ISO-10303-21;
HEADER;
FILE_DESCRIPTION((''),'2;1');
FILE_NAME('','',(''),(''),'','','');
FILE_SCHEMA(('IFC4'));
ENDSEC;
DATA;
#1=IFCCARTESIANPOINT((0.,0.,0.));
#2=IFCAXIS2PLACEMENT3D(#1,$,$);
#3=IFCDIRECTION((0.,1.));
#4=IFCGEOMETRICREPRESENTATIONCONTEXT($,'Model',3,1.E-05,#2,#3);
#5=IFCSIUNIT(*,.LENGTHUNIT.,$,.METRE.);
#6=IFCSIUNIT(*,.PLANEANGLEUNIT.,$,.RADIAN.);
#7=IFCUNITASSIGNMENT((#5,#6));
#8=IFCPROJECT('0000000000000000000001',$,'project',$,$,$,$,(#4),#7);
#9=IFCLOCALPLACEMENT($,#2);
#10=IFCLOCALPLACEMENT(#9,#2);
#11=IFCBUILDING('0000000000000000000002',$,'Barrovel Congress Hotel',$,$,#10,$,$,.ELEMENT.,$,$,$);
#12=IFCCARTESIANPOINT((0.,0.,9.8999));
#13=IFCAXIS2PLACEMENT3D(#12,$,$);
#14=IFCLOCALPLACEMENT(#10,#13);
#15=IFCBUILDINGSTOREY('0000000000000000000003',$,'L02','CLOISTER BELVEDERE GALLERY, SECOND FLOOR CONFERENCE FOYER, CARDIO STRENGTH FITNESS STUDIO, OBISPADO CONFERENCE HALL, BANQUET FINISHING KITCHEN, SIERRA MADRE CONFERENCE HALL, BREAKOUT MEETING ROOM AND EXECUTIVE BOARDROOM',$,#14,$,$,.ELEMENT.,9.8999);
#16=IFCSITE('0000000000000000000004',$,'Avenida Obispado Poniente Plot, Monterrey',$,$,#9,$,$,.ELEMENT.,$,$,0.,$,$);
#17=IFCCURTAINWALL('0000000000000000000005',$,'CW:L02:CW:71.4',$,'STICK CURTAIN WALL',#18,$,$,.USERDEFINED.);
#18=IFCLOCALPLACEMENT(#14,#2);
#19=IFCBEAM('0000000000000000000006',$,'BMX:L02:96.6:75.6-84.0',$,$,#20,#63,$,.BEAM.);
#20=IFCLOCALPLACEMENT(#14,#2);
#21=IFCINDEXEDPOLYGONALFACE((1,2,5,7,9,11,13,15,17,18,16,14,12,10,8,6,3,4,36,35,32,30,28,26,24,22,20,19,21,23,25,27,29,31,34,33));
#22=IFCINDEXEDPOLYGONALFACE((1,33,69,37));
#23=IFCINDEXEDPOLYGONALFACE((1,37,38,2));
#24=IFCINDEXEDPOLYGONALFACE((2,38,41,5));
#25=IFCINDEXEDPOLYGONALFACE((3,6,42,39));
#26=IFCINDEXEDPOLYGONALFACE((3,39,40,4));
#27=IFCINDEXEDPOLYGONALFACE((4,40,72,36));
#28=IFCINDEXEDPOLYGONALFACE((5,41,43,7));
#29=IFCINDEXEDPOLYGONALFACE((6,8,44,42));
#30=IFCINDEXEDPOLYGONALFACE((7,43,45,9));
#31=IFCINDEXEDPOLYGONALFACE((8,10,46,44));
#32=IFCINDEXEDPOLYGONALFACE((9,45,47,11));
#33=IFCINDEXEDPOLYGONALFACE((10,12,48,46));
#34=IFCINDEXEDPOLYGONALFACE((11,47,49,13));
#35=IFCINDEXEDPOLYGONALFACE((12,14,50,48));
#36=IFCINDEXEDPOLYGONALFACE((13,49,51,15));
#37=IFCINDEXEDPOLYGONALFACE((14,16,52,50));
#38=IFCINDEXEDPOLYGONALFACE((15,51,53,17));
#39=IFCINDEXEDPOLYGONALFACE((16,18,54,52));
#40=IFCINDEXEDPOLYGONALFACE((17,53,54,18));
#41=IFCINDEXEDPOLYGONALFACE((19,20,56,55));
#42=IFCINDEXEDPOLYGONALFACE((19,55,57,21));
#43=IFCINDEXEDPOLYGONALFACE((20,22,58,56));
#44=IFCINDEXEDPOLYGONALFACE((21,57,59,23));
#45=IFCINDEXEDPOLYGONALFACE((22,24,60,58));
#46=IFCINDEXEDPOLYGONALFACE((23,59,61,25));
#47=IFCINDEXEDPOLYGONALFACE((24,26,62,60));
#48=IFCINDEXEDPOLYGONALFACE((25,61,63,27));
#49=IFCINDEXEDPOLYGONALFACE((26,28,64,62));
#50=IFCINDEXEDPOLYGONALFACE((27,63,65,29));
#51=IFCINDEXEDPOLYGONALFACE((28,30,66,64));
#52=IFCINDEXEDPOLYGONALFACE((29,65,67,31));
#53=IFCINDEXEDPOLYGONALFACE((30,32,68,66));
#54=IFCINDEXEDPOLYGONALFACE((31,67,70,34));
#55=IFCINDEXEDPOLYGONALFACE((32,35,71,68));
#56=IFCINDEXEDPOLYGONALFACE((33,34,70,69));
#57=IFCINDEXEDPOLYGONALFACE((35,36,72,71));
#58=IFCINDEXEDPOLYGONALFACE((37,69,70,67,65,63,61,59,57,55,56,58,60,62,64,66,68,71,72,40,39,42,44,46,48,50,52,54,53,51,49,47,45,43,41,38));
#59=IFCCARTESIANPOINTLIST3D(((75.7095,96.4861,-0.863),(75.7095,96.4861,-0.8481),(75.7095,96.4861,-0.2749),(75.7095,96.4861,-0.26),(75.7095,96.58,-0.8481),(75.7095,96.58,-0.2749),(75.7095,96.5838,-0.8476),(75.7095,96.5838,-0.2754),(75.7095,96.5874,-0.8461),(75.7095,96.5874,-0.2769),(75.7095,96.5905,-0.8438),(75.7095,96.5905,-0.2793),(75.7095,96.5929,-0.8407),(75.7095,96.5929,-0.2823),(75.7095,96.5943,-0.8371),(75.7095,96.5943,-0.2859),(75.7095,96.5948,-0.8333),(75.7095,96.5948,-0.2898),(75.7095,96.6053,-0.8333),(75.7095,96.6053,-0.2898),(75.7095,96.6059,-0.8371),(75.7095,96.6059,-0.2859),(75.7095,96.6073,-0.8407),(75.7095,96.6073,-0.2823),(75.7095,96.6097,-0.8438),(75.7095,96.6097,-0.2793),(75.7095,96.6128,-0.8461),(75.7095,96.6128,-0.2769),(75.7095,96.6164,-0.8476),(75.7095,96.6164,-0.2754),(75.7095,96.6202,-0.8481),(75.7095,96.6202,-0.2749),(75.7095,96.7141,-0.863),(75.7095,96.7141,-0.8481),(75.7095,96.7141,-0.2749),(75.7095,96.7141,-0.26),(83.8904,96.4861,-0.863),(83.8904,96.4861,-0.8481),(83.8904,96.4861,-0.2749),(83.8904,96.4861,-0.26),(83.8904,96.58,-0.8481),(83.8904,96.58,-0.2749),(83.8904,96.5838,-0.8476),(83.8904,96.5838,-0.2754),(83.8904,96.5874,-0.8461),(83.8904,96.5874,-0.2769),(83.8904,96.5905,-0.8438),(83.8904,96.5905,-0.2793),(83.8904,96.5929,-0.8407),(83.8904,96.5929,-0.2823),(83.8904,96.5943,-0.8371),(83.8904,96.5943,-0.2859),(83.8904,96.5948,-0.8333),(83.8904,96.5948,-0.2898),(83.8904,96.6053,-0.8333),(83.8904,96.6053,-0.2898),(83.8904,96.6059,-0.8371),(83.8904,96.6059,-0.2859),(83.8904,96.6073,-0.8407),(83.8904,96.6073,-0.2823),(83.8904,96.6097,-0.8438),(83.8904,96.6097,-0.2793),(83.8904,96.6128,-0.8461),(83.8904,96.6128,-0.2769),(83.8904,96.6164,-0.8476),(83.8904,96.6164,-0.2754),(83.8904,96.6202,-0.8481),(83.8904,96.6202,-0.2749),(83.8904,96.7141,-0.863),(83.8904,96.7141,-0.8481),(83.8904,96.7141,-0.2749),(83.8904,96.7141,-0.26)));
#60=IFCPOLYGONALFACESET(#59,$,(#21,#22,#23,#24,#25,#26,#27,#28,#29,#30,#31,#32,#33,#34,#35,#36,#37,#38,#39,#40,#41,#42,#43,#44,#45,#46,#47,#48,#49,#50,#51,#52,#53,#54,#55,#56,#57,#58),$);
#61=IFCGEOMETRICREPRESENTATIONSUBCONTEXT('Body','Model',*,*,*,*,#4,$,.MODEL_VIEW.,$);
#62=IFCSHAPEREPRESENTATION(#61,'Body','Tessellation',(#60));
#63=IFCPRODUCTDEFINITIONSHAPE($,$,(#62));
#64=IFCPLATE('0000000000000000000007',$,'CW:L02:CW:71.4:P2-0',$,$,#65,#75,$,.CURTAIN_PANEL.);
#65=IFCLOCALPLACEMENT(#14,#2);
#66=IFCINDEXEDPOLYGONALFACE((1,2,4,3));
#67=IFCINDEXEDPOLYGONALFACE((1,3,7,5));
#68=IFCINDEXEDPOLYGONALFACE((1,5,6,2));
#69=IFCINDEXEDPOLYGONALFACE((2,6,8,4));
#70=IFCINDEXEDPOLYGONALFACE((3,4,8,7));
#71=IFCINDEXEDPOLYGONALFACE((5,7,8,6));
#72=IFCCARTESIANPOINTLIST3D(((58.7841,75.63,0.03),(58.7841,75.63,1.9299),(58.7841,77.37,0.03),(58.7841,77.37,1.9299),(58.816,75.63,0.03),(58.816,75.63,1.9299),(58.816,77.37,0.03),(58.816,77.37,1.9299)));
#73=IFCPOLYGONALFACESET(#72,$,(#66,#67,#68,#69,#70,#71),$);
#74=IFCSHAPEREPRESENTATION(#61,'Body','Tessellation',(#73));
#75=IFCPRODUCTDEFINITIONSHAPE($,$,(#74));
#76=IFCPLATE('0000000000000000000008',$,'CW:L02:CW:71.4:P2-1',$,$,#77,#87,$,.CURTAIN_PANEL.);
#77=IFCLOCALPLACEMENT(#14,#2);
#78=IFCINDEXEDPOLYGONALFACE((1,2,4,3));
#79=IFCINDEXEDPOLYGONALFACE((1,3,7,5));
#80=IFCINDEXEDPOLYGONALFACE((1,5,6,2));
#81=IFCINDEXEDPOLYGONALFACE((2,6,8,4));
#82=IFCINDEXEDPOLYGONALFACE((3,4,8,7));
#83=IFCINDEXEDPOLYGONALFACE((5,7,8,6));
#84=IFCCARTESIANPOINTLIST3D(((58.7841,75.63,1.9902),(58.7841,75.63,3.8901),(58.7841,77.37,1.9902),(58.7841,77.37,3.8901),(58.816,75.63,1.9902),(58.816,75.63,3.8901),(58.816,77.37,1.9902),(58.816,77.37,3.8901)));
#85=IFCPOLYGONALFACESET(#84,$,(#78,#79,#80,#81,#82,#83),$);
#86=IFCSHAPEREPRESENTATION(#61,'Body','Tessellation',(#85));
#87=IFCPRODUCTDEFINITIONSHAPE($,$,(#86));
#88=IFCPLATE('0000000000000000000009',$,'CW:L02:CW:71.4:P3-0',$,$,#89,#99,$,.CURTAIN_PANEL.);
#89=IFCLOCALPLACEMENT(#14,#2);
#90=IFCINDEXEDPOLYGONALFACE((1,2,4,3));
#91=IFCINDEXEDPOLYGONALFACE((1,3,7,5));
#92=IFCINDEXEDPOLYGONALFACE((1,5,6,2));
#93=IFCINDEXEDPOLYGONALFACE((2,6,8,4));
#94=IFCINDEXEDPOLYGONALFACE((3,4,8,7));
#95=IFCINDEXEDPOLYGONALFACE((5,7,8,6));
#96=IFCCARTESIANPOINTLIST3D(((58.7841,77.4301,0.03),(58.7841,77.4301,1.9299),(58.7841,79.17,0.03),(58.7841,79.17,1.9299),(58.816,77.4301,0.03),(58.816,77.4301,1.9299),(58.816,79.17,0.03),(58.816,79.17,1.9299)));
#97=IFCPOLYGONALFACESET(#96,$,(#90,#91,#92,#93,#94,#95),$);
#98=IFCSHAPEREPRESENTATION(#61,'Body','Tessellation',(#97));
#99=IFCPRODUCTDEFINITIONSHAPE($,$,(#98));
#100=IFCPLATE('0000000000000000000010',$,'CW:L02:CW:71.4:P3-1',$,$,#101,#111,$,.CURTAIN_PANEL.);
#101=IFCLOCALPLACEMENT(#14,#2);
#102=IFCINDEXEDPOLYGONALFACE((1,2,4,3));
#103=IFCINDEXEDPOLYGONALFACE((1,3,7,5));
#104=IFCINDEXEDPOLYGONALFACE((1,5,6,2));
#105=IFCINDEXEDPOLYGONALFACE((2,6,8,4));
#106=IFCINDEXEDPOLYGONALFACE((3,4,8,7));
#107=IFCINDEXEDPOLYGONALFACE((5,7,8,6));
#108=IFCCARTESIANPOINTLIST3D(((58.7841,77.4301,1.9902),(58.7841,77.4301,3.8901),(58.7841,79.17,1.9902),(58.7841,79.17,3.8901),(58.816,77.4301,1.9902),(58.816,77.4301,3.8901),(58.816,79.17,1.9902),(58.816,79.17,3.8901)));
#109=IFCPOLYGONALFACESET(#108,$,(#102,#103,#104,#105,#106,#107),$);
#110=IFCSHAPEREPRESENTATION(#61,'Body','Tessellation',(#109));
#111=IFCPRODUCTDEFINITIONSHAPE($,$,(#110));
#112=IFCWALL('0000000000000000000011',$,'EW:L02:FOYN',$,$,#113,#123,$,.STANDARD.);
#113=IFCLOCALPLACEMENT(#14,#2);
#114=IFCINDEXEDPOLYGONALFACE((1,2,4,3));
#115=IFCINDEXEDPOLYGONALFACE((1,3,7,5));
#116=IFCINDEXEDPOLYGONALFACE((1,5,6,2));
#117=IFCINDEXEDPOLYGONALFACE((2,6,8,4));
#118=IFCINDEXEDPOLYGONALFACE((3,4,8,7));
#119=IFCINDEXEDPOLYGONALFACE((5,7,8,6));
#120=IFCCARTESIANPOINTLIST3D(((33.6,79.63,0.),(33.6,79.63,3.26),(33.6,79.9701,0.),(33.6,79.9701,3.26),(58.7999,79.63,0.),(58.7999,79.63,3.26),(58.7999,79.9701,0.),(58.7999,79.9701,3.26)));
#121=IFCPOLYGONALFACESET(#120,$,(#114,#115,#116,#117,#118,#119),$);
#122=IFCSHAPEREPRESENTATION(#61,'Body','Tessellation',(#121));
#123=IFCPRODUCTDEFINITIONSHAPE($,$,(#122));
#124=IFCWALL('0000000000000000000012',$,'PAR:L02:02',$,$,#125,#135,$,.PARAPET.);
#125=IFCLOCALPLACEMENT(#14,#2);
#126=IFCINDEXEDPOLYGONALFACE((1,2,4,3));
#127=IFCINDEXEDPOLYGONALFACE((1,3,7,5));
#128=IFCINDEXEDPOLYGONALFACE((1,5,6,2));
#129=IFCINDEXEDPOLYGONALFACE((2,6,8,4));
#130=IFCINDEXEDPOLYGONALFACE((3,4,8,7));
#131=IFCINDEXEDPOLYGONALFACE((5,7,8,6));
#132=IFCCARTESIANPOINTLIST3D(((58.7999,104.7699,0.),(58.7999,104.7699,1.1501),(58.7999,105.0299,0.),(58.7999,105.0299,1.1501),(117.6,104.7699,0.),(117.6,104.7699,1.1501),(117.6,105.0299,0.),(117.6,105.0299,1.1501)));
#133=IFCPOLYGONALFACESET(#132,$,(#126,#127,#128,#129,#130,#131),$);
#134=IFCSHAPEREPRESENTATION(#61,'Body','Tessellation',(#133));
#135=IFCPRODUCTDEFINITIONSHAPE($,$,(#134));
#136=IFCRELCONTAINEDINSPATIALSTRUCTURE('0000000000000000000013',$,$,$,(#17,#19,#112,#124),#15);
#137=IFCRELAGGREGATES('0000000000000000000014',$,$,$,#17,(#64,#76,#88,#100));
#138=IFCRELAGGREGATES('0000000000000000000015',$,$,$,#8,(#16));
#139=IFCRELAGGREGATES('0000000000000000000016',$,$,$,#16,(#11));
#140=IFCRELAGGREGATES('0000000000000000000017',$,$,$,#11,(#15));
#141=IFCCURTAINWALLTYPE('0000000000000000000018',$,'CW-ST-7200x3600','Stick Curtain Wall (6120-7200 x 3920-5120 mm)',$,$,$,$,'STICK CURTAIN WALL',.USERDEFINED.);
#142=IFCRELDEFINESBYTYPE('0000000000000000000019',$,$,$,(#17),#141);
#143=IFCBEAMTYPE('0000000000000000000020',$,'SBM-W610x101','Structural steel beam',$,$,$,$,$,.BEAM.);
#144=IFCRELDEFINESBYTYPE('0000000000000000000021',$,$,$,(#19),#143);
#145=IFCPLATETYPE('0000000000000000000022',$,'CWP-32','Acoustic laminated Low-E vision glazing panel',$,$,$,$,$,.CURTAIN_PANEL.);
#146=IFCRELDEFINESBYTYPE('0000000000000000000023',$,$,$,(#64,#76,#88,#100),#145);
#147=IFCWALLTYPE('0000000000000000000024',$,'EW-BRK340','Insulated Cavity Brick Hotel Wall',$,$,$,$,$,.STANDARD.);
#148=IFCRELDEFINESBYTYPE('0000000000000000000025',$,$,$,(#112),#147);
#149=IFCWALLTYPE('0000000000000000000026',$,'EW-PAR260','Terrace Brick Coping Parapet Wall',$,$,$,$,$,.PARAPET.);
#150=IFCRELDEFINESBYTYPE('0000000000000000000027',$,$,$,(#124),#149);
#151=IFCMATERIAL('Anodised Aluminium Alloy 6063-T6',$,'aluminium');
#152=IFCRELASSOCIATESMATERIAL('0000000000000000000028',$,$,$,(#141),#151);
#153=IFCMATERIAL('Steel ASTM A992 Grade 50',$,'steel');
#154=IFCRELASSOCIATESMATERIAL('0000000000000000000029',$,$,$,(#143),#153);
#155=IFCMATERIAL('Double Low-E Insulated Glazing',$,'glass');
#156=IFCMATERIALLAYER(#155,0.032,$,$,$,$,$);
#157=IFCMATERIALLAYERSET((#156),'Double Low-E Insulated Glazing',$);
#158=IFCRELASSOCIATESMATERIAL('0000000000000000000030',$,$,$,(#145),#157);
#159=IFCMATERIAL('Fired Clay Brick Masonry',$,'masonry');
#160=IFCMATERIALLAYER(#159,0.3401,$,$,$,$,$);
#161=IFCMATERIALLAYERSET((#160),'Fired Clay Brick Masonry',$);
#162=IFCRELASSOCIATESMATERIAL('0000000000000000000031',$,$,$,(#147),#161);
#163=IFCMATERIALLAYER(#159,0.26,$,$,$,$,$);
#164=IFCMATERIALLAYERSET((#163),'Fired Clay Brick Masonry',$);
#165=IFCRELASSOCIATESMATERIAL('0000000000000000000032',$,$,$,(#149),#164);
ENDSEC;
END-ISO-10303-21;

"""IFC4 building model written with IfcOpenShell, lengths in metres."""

from ifc_helpers import new_model, si_unit, direction, frame, frame_2d, origin, origin_2d, place, context, subcontext, project, spatial, rectangle, i_section, extrude, material, layer, layer_set, material_profile, profile_set, type_object, element, aggregate, save


model = new_model("IFC4")

# Units and contexts
model_context = context("Model", 3, precision=1e-05, world=origin(), true_north=direction((0.0, 1.0)))
body_context = subcontext(model_context, "Body", "Model", "MODEL_VIEW")
ifc_project = project(units=[si_unit("LENGTHUNIT", "METRE"), si_unit("PLANEANGLEUNIT", "RADIAN")], contexts=[model_context])

# Site, building, storey
site_placement = place(None, origin())
site = spatial("IfcSite", under=ifc_project, at=site_placement, Name="Avenida Obispado Poniente Plot, Monterrey", CompositionType="ELEMENT", RefElevation=0.0)
building_placement = place(site_placement, origin())
building = spatial("IfcBuilding", under=site, at=building_placement, Name="Barrovel Congress Hotel", CompositionType="ELEMENT")
storey_placement = place(building_placement, frame((0.0, 0.0, 9.8999)))
storey = spatial("IfcBuildingStorey", under=building, at=storey_placement, Name="L02", Description="CLOISTER BELVEDERE GALLERY, SECOND FLOOR CONFERENCE FOYER, CARDIO STRENGTH FITNESS STUDIO, OBISPADO CONFERENCE HALL, BANQUET FINISHING KITCHEN, SIERRA MADRE CONFERENCE HALL, BREAKOUT MEETING ROOM AND EXECUTIVE BOARDROOM", CompositionType="ELEMENT", Elevation=9.8999)

# Curtain wall
ifc_material_1 = material(Name="Anodised Aluminium Alloy 6063-T6", Category="aluminium")
curtain_wall_type = type_object("IfcCurtainWallType", Name="CW-ST-7200x3600", Description="Stick Curtain Wall (6120-7200 x 3920-5120 mm)", ElementType="STICK CURTAIN WALL", PredefinedType="USERDEFINED", material=ifc_material_1)
curtain_wall_placement = place(storey_placement, origin())
curtain_wall = element("IfcCurtainWall", 1, at=curtain_wall_placement, inside=storey, type_object=curtain_wall_type, Name="CW:L02:CW:71.4", ObjectType="STICK CURTAIN WALL", PredefinedType="USERDEFINED")

# Beam
ifc_material_2 = material(Name="Steel ASTM A992 Grade 50", Category="steel")
ifc_material_profile_1 = material_profile(ifc_material_2, i_section(OverallWidth=0.228, OverallDepth=0.603, WebThickness=0.0105, FlangeThickness=0.0149, FilletRadius=0.0149, at=origin_2d()), Name="W610x101")
ifc_profile_set_1 = profile_set([ifc_material_profile_1], Name="Steel ASTM A992 Grade 50")
beam_type_1 = type_object("IfcBeamType", Name="SBM-W610x101", Description="Structural steel beam", PredefinedType="BEAM", material=ifc_profile_set_1)
beam_1_placement = place(storey_placement, frame((75.7095, 96.6001, -0.5615), z_axis=(1.0, 0.0, 0.0), x_axis=(0.0, 1.0, 0.0)))
element("IfcBeam", 2, at=beam_1_placement, inside=storey, type_object=beam_type_1, Name="BMX:L02:96.6:75.6-84.0", PredefinedType="BEAM", context=body_context, shape_type="SweptSolid", body=[
    extrude(i_section(OverallWidth=0.228, OverallDepth=0.603, WebThickness=0.0105, FlangeThickness=0.0149, FilletRadius=0.0149, at=origin_2d()), origin(), (0.0, 0.0, 1.0), 8.1809),
])

# Plates
ifc_material_3 = material(Name="Double Low-E Insulated Glazing", Category="glass")
ifc_layer_1 = layer(ifc_material_3, 0.032)
ifc_layer_set_1 = layer_set([ifc_layer_1], Name="Double Low-E Insulated Glazing")
plate_type = type_object("IfcPlateType", Name="CWP-32", Description="Acoustic laminated Low-E vision glazing panel", PredefinedType="CURTAIN_PANEL", material=ifc_layer_set_1)
plate_1_placement = place(storey_placement, frame((58.8, 76.5, 0.03), z_axis=(0.0, 0.0, 1.0), x_axis=(0.0, 1.0, 0.0)))
plate_1 = element("IfcPlate", 3, at=plate_1_placement, type_object=plate_type, Name="CW:L02:CW:71.4:P2-0", PredefinedType="CURTAIN_PANEL", context=body_context, shape_type="SweptSolid", body=[
    extrude(rectangle(XDim=1.74, YDim=0.032, at=origin_2d()), origin(), (0.0, 0.0, 1.0), 1.8999),
])
plate_2_placement = place(storey_placement, frame((58.8, 76.5, 1.9902), z_axis=(0.0, 0.0, 1.0), x_axis=(0.0, 1.0, 0.0)))
plate_2 = element("IfcPlate", 4, at=plate_2_placement, type_object=plate_type, Name="CW:L02:CW:71.4:P2-1", PredefinedType="CURTAIN_PANEL", context=body_context, shape_type="SweptSolid", body=[
    extrude(rectangle(XDim=1.74, YDim=0.032, at=origin_2d()), origin(), (0.0, 0.0, 1.0), 1.8999),
])
plate_3_placement = place(storey_placement, frame((58.8, 78.3, 0.03), z_axis=(0.0, 0.0, 1.0), x_axis=(0.0, 1.0, 0.0)))
plate_3 = element("IfcPlate", 5, at=plate_3_placement, type_object=plate_type, Name="CW:L02:CW:71.4:P3-0", PredefinedType="CURTAIN_PANEL", context=body_context, shape_type="SweptSolid", body=[
    extrude(rectangle(XDim=1.74, YDim=0.032, at=origin_2d()), origin(), (0.0, 0.0, 1.0), 1.8999),
])
plate_4_placement = place(storey_placement, frame((58.8, 78.3, 1.9902), z_axis=(0.0, 0.0, 1.0), x_axis=(0.0, 1.0, 0.0)))
plate_4 = element("IfcPlate", 6, at=plate_4_placement, type_object=plate_type, Name="CW:L02:CW:71.4:P3-1", PredefinedType="CURTAIN_PANEL", context=body_context, shape_type="SweptSolid", body=[
    extrude(rectangle(XDim=1.74, YDim=0.032, at=origin_2d()), origin(), (0.0, 0.0, 1.0), 1.8999),
])
aggregate(curtain_wall, [plate_1, plate_2, plate_3, plate_4])

# Walls
ifc_material_4 = material(Name="Fired Clay Brick Masonry", Category="masonry")
ifc_layer_2 = layer(ifc_material_4, 0.3401)
ifc_layer_set_2 = layer_set([ifc_layer_2], Name="Fired Clay Brick Masonry")
wall_type_1 = type_object("IfcWallType", Name="EW-BRK340", Description="Insulated Cavity Brick Hotel Wall", PredefinedType="STANDARD", material=ifc_layer_set_2)
wall_1_placement = place(storey_placement, frame((58.8, 79.8, 0.0), z_axis=(0.0, 0.0, 1.0), x_axis=(-1.0, 0.0, 0.0)))
element("IfcWall", 7, at=wall_1_placement, inside=storey, type_object=wall_type_1, Name="EW:L02:FOYN", PredefinedType="STANDARD", context=body_context, shape_type="SweptSolid", body=[
    extrude(rectangle(XDim=25.2, YDim=0.3401, at=frame_2d((12.6001, 0.0))), origin(), (0.0, 0.0, 1.0), 3.26),
])
ifc_layer_3 = layer(ifc_material_4, 0.26)
ifc_layer_set_3 = layer_set([ifc_layer_3], Name="Fired Clay Brick Masonry")
wall_type_2 = type_object("IfcWallType", Name="EW-PAR260", Description="Terrace Brick Coping Parapet Wall", PredefinedType="PARAPET", material=ifc_layer_set_3)
wall_2_placement = place(storey_placement, frame((58.8, 104.8999, 0.0), z_axis=(0.0, 0.0, 1.0), x_axis=(1.0, 0.0, 0.0)))
element("IfcWall", 8, at=wall_2_placement, inside=storey, type_object=wall_type_2, Name="PAR:L02:02", PredefinedType="PARAPET", context=body_context, shape_type="SweptSolid", body=[
    extrude(rectangle(XDim=58.8, YDim=0.26, at=frame_2d((29.3999, 0.0))), origin(), (0.0, 0.0, 1.0), 1.1501),
])

save(model, "model.ifc")
